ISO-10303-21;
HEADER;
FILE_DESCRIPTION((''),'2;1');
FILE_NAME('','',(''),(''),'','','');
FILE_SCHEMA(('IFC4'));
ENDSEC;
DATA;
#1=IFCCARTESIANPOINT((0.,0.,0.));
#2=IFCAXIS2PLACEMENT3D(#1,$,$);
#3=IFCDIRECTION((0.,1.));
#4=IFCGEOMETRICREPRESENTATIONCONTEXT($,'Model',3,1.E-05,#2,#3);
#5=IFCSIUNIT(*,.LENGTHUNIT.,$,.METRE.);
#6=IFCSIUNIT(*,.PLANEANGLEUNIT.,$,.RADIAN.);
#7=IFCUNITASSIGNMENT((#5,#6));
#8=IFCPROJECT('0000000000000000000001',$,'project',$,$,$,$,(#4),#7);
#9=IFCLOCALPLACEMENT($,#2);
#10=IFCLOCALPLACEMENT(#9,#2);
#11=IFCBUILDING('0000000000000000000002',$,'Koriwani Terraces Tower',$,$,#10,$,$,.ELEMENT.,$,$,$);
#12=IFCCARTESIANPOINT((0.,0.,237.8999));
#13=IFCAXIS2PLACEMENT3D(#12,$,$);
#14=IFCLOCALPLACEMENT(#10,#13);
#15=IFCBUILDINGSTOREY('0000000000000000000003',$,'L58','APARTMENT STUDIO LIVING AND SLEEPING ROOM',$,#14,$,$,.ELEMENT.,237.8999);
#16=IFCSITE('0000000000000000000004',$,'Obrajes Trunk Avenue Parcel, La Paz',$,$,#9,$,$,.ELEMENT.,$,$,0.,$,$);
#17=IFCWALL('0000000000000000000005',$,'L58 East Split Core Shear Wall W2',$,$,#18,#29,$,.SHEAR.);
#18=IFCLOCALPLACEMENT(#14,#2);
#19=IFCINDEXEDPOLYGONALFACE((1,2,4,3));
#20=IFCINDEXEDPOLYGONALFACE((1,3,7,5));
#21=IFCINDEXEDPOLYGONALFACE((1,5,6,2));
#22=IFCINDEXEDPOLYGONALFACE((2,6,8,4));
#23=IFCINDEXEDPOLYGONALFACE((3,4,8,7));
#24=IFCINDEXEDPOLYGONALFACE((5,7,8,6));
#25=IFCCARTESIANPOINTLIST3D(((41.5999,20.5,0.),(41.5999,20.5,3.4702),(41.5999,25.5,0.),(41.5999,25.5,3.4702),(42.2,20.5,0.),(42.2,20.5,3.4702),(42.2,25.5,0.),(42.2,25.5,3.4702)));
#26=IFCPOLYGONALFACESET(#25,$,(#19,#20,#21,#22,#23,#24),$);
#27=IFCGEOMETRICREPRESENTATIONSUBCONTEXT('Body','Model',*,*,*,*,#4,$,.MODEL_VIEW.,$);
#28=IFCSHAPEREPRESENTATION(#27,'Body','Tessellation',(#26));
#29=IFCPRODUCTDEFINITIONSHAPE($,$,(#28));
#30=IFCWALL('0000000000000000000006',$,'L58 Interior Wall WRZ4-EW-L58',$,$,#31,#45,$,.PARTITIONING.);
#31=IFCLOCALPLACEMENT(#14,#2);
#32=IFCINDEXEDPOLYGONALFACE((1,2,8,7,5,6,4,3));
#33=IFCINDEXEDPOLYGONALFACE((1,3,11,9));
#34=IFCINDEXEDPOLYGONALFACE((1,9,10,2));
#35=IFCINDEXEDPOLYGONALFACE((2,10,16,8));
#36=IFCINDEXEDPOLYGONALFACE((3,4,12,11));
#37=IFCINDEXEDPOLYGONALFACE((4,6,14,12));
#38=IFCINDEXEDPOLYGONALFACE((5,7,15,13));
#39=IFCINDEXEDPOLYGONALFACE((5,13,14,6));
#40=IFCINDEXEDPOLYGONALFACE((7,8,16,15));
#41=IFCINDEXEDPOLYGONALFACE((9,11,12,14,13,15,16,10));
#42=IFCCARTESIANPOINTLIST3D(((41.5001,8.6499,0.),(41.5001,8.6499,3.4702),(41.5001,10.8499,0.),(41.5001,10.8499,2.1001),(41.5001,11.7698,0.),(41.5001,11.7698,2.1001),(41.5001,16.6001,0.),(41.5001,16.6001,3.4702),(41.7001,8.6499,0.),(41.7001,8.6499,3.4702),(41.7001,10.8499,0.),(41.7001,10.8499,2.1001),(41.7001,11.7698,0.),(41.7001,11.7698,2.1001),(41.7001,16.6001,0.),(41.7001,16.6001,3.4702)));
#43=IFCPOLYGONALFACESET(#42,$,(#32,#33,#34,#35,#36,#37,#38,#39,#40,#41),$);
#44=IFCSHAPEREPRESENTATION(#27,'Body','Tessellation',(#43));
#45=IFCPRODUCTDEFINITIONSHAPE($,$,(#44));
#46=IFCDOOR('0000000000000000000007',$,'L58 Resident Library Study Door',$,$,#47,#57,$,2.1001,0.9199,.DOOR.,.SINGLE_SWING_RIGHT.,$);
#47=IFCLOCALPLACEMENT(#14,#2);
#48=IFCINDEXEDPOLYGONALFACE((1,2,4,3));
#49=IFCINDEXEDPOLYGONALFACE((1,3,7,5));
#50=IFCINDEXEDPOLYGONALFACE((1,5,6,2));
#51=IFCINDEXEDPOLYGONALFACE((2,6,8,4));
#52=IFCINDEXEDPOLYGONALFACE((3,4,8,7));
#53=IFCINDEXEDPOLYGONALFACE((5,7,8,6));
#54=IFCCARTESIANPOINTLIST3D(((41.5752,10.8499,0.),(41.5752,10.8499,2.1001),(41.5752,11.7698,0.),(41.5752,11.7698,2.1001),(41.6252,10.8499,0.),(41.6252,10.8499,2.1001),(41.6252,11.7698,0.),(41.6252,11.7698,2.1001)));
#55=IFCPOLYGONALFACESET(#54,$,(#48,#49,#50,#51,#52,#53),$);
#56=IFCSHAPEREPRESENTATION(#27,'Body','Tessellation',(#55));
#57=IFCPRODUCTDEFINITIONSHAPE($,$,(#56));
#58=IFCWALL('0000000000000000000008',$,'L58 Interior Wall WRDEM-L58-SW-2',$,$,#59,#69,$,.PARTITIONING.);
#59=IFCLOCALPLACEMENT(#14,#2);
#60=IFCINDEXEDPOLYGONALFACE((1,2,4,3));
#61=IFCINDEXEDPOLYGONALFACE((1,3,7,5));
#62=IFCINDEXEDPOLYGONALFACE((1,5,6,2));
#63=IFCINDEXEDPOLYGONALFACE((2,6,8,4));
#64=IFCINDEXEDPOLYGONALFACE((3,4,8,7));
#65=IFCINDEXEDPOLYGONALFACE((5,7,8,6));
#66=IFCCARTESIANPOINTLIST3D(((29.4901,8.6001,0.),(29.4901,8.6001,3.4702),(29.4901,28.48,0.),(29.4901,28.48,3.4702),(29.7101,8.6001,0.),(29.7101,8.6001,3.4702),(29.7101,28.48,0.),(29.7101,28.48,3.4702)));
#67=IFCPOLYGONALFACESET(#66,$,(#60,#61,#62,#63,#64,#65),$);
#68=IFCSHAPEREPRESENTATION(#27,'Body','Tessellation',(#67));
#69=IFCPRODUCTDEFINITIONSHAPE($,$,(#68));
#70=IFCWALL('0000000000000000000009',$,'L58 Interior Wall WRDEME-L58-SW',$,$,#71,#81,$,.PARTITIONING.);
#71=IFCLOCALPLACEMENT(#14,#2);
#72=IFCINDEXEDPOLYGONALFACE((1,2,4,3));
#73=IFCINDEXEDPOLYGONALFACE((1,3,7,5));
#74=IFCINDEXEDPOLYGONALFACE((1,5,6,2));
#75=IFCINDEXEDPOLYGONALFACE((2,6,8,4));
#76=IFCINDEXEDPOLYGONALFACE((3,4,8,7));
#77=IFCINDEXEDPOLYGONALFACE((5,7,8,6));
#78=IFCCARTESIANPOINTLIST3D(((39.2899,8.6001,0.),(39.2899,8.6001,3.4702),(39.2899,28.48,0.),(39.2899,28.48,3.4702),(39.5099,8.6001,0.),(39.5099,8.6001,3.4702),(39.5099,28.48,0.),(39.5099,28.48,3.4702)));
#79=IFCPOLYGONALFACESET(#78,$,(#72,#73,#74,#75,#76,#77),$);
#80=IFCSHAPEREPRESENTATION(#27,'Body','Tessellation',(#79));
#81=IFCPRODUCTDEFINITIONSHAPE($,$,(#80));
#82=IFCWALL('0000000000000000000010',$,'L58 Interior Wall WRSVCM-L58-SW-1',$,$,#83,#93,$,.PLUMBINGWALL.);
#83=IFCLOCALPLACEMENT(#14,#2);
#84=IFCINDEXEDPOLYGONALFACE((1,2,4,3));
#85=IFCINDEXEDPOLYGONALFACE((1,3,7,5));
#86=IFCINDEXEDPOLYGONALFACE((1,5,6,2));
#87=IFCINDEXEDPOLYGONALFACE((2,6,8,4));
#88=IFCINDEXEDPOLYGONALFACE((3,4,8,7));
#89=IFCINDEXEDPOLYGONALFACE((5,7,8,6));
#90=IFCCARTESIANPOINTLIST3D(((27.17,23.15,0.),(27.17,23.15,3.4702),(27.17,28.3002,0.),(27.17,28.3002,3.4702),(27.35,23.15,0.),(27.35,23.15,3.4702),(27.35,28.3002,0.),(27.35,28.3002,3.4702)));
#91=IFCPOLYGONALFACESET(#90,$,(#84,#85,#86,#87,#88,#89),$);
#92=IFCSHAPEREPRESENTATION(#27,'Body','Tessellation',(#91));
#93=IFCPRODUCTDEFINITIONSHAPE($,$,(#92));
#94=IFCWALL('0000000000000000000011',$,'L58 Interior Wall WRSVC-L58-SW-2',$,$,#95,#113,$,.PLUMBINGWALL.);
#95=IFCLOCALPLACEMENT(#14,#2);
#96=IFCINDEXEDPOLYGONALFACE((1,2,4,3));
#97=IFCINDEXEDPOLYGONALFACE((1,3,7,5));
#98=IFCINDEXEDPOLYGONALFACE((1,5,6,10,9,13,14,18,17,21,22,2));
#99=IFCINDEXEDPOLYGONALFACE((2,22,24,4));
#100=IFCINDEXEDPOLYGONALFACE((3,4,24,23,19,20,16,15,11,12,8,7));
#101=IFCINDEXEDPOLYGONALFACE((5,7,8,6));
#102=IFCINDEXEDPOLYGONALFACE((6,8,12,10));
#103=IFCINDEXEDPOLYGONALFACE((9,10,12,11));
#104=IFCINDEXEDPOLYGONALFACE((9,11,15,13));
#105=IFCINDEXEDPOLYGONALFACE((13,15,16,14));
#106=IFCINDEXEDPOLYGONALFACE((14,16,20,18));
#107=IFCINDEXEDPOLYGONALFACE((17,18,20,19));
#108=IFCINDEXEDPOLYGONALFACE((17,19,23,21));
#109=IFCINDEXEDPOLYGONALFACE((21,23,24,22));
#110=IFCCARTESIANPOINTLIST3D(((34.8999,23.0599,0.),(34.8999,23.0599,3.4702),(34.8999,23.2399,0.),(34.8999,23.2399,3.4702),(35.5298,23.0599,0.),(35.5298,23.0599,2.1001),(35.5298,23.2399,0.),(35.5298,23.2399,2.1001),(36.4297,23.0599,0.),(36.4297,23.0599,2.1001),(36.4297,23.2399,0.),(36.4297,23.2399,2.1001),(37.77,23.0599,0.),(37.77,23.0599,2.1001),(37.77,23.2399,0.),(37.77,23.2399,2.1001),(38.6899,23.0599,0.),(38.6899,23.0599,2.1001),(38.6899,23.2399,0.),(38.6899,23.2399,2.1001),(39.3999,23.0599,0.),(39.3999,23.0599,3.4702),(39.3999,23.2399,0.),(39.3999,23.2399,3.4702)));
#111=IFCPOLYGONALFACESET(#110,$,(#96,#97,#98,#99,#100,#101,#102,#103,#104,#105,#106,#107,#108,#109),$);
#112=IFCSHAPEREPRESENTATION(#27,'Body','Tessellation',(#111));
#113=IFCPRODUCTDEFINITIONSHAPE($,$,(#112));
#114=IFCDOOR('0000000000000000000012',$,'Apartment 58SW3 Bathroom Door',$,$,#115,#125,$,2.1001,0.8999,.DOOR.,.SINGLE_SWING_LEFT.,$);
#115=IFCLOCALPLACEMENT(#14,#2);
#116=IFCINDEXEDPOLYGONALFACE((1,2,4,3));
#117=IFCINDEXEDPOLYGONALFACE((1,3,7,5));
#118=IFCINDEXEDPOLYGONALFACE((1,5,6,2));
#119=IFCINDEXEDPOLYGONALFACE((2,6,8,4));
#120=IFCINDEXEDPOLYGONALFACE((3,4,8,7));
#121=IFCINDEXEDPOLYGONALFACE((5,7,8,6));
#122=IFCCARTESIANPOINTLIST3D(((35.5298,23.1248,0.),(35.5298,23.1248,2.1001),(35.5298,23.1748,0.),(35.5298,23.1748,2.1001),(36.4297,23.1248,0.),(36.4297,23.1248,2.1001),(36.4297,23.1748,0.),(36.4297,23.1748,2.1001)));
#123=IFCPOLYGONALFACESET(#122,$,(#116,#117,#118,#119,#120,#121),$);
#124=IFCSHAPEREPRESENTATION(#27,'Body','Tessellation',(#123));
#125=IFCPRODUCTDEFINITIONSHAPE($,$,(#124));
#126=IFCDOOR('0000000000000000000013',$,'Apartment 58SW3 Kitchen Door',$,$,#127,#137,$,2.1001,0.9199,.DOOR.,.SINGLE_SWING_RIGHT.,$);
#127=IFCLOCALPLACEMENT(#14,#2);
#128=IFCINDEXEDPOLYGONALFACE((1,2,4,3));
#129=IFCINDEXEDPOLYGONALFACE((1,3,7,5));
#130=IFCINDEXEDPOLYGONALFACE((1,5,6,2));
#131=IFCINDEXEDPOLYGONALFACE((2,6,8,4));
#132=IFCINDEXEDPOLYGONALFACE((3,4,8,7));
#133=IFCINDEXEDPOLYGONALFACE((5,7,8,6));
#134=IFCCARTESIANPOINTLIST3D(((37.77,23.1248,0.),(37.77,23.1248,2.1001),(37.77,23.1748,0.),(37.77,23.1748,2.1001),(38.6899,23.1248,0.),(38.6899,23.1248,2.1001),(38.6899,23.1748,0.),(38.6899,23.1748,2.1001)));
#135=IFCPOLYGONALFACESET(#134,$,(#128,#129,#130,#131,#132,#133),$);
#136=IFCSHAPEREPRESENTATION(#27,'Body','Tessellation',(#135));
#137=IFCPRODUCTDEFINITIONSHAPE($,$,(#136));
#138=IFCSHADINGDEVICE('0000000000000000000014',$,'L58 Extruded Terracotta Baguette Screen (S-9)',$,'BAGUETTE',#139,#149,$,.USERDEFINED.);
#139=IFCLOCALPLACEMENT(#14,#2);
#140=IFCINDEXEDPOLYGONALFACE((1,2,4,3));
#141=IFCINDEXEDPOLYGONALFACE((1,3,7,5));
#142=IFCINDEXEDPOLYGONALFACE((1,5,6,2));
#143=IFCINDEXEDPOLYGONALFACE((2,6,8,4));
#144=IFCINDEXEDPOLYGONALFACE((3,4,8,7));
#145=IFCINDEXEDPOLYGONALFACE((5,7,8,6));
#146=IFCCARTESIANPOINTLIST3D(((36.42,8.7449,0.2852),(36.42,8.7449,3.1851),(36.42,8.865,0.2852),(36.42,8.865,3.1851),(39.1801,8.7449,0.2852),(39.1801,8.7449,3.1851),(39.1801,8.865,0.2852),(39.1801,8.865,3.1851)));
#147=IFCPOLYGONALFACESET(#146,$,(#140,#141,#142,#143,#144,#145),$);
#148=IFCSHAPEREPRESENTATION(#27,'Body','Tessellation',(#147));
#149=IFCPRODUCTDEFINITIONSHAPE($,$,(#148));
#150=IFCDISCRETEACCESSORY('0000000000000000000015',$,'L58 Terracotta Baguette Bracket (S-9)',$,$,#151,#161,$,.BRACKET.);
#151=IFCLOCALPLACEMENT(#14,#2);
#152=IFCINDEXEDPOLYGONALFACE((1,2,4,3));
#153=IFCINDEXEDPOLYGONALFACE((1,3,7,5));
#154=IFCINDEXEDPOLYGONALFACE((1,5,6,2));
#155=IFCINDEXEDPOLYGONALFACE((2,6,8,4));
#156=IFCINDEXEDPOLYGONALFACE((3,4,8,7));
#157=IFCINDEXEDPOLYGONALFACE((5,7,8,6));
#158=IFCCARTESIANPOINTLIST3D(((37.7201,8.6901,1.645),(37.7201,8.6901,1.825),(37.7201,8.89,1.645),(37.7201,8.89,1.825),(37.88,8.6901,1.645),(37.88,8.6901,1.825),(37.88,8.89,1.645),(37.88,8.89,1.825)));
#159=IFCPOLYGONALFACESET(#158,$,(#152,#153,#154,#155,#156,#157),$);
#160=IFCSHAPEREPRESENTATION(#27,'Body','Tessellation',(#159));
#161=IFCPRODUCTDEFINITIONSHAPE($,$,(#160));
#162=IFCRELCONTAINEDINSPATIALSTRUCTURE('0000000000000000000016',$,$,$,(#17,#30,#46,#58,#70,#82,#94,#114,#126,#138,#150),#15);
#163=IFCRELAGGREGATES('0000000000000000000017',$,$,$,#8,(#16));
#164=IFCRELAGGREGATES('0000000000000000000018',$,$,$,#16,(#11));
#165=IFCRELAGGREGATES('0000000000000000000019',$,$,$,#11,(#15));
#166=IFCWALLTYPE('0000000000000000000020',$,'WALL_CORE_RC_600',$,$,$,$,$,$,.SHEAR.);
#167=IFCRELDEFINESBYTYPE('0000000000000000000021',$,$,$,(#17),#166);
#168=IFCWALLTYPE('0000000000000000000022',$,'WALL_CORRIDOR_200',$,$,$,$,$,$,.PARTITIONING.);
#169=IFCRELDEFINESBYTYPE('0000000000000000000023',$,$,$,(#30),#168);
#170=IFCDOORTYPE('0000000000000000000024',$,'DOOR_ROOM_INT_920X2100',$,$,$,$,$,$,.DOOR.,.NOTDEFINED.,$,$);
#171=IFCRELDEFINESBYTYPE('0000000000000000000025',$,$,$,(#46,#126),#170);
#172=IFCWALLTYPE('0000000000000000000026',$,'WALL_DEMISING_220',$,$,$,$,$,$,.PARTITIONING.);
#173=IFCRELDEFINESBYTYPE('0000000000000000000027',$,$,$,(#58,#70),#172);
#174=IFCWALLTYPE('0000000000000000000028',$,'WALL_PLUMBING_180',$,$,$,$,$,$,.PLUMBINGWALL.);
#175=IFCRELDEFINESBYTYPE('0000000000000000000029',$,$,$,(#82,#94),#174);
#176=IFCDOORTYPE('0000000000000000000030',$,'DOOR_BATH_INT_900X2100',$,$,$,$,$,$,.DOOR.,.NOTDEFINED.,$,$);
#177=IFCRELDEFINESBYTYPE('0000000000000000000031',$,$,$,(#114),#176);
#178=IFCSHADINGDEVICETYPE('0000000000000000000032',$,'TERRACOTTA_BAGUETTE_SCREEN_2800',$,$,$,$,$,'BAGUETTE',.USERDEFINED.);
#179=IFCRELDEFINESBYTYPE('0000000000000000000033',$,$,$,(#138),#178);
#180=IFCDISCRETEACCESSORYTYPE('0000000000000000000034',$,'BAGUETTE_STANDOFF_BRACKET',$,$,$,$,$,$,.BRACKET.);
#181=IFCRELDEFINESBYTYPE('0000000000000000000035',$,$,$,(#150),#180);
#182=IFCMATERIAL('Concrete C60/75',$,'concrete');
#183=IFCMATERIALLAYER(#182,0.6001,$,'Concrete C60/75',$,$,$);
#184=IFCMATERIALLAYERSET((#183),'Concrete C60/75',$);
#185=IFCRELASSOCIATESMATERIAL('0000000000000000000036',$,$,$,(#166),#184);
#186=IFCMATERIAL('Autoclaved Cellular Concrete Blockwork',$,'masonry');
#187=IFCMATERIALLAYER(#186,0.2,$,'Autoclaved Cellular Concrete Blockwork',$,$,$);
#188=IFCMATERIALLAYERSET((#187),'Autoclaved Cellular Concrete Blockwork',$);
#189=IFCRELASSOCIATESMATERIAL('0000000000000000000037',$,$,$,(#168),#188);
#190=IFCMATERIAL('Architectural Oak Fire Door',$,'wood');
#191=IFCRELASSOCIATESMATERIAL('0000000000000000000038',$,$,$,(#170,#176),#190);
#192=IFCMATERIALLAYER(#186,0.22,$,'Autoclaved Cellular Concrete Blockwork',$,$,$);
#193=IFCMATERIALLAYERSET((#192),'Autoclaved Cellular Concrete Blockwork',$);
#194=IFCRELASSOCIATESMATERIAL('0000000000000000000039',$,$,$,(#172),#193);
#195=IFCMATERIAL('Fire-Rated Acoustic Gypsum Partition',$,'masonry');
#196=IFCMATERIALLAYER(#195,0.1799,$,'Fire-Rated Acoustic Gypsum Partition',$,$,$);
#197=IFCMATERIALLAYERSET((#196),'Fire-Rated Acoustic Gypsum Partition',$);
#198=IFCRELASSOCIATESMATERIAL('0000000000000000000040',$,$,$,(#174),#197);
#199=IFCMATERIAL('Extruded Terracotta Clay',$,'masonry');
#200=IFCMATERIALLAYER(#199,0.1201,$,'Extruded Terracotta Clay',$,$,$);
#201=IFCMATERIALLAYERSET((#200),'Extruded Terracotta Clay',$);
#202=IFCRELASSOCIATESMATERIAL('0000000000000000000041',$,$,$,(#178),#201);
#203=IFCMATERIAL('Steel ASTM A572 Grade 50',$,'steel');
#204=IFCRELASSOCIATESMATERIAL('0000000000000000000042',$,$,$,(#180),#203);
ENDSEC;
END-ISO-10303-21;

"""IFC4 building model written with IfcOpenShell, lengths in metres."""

from ifc_helpers import new_model, si_unit, direction, frame, frame_2d, origin, origin_2d, place, context, subcontext, project, spatial, rectangle, extrude, material, layer, layer_set, type_object, element, fill, save


model = new_model("IFC4")

# Units and contexts
model_context = context("Model", 3, precision=1e-05, world=origin(), true_north=direction((0.0, 1.0)))
body_context = subcontext(model_context, "Body", "Model", "MODEL_VIEW")
ifc_project = project(units=[si_unit("LENGTHUNIT", "METRE"), si_unit("PLANEANGLEUNIT", "RADIAN")], contexts=[model_context])

# Site, building, storey
site_placement = place(None, origin())
site = spatial("IfcSite", under=ifc_project, at=site_placement, Name="Obrajes Trunk Avenue Parcel, La Paz", CompositionType="ELEMENT", RefElevation=0.0)
building_placement = place(site_placement, origin())
building = spatial("IfcBuilding", under=site, at=building_placement, Name="Koriwani Terraces Tower", CompositionType="ELEMENT")
storey_placement = place(building_placement, frame((0.0, 0.0, 237.8999)))
storey = spatial("IfcBuildingStorey", under=building, at=storey_placement, Name="L58", Description="APARTMENT STUDIO LIVING AND SLEEPING ROOM", CompositionType="ELEMENT", Elevation=237.8999)

# Shared definitions
ifc_material_1 = material(Name="Concrete C60/75", Category="concrete")
ifc_material_2 = material(Name="Steel ASTM A572 Grade 50", Category="steel")

# Wall
ifc_layer_1 = layer(ifc_material_1, 0.6001, Name="Concrete C60/75")
ifc_layer_set_1 = layer_set([ifc_layer_1], Name="Concrete C60/75")
wall_type_1 = type_object("IfcWallType", Name="WALL_CORE_RC_600", PredefinedType="SHEAR", material=ifc_layer_set_1)
wall_1_placement = place(storey_placement, frame((41.8999, 20.5, 0.0), z_axis=(0.0, 0.0, 1.0), x_axis=(0.0, 1.0, 0.0)))
element("IfcWall", 1, at=wall_1_placement, inside=storey, type_object=wall_type_1, Name="L58 East Split Core Shear Wall W2", PredefinedType="SHEAR", context=body_context, shape_type="SweptSolid", body=[
    extrude(rectangle(XDim=5.0, YDim=0.6001, at=frame_2d((2.5, 0.0))), origin(), (0.0, 0.0, 1.0), 3.4702),
])

# Wall, opening, door
ifc_material_3 = material(Name="Autoclaved Cellular Concrete Blockwork", Category="masonry")
ifc_layer_2 = layer(ifc_material_3, 0.2, Name="Autoclaved Cellular Concrete Blockwork")
ifc_layer_set_2 = layer_set([ifc_layer_2], Name="Autoclaved Cellular Concrete Blockwork")
wall_type_2 = type_object("IfcWallType", Name="WALL_CORRIDOR_200", PredefinedType="PARTITIONING", material=ifc_layer_set_2)
wall_2_placement = place(storey_placement, frame((41.6001, 8.6499, 0.0), z_axis=(0.0, 0.0, 1.0), x_axis=(0.0, 1.0, 0.0)))
wall_2 = element("IfcWall", 2, at=wall_2_placement, inside=storey, type_object=wall_type_2, Name="L58 Interior Wall WRZ4-EW-L58", PredefinedType="PARTITIONING", context=body_context, shape_type="SweptSolid", body=[
    extrude(rectangle(XDim=7.9502, YDim=0.2, at=frame_2d((3.9751, 0.0))), origin(), (0.0, 0.0, 1.0), 3.4702),
])
opening_1_placement = place(wall_2_placement, frame((2.2, 0.0, 0.0)))
opening_1 = element("IfcOpeningElement", 3, at=opening_1_placement, cuts=wall_2, PredefinedType="OPENING", context=body_context, shape_type="SweptSolid", body=[
    extrude(rectangle(XDim=0.9199, YDim=2.1001, at=frame_2d((0.46, 1.05))), frame((0.0, 0.1099, 0.0), z_axis=(0.0, -1.0, 0.0), x_axis=(1.0, 0.0, 0.0)), (0.0, 0.0, 1.0), 0.22),
])
ifc_material_4 = material(Name="Architectural Oak Fire Door", Category="wood")
door_type_1 = type_object("IfcDoorType", Name="DOOR_ROOM_INT_920X2100", OperationType="NOTDEFINED", PredefinedType="DOOR", material=ifc_material_4)
door_1_placement = place(opening_1_placement, origin())
door_1 = element("IfcDoor", 4, at=door_1_placement, inside=storey, type_object=door_type_1, Name="L58 Resident Library Study Door", OperationType="SINGLE_SWING_RIGHT", OverallHeight=2.1001, OverallWidth=0.9199, PredefinedType="DOOR", context=body_context, shape_type="SweptSolid", body=[
    extrude(rectangle(XDim=0.9199, YDim=2.1001, at=frame_2d((0.46, 1.05))), frame((0.0, 0.0249, 0.0), z_axis=(0.0, -1.0, 0.0), x_axis=(1.0, 0.0, 0.0)), (0.0, 0.0, 1.0), 0.05),
])
fill(opening_1, door_1)

# Walls
ifc_layer_3 = layer(ifc_material_3, 0.22, Name="Autoclaved Cellular Concrete Blockwork")
ifc_layer_set_3 = layer_set([ifc_layer_3], Name="Autoclaved Cellular Concrete Blockwork")
wall_type_3 = type_object("IfcWallType", Name="WALL_DEMISING_220", PredefinedType="PARTITIONING", material=ifc_layer_set_3)
for number, where, z_axis, x_axis, name in (
    (5, (29.6001, 8.6001, 0.0), (0.0, 0.0, 1.0), (0.0, 1.0, 0.0), "L58 Interior Wall WRDEM-L58-SW-2"),
    (6, (39.3999, 8.6001, 0.0), (0.0, 0.0, 1.0), (0.0, 1.0, 0.0), "L58 Interior Wall WRDEME-L58-SW"),
):
    element("IfcWall", number, at=place(storey_placement, frame(where, z_axis=z_axis, x_axis=x_axis)), inside=storey, type_object=wall_type_3, Name=name, PredefinedType="PARTITIONING", context=body_context, shape_type="SweptSolid", body=[
        extrude(rectangle(XDim=19.8799, YDim=0.22, at=frame_2d((9.9399, 0.0))), origin(), (0.0, 0.0, 1.0), 3.4702),
    ])
ifc_material_5 = material(Name="Fire-Rated Acoustic Gypsum Partition", Category="masonry")
ifc_layer_4 = layer(ifc_material_5, 0.1799, Name="Fire-Rated Acoustic Gypsum Partition")
ifc_layer_set_4 = layer_set([ifc_layer_4], Name="Fire-Rated Acoustic Gypsum Partition")
wall_type_4 = type_object("IfcWallType", Name="WALL_PLUMBING_180", PredefinedType="PLUMBINGWALL", material=ifc_layer_set_4)
wall_3_placement = place(storey_placement, frame((27.26, 23.1499, 0.0), z_axis=(0.0, 0.0, 1.0), x_axis=(0.0, 1.0, 0.0)))
element("IfcWall", 7, at=wall_3_placement, inside=storey, type_object=wall_type_4, Name="L58 Interior Wall WRSVCM-L58-SW-1", PredefinedType="PLUMBINGWALL", context=body_context, shape_type="SweptSolid", body=[
    extrude(rectangle(XDim=5.1501, YDim=0.1799, at=frame_2d((2.5752, 0.0))), origin(), (0.0, 0.0, 1.0), 3.4702),
])

# Wall, openings, doors
wall_4_placement = place(storey_placement, frame((34.8999, 23.1499, 0.0), z_axis=(0.0, 0.0, 1.0), x_axis=(1.0, 0.0, 0.0)))
wall_4 = element("IfcWall", 8, at=wall_4_placement, inside=storey, type_object=wall_type_4, Name="L58 Interior Wall WRSVC-L58-SW-2", PredefinedType="PLUMBINGWALL", context=body_context, shape_type="SweptSolid", body=[
    extrude(rectangle(XDim=4.5, YDim=0.1799, at=frame_2d((2.25, 0.0))), origin(), (0.0, 0.0, 1.0), 3.4702),
])
opening_2_placement = place(wall_4_placement, frame((0.6299, 0.0, 0.0)))
opening_2 = element("IfcOpeningElement", 9, at=opening_2_placement, cuts=wall_4, PredefinedType="OPENING", context=body_context, shape_type="SweptSolid", body=[
    extrude(rectangle(XDim=0.8999, YDim=2.1001, at=frame_2d((0.45, 1.05))), frame((0.0, 0.1001, 0.0), z_axis=(0.0, -1.0, 0.0), x_axis=(1.0, 0.0, 0.0)), (0.0, 0.0, 1.0), 0.2),
])
opening_3_placement = place(wall_4_placement, frame((2.8701, 0.0, 0.0)))
opening_3 = element("IfcOpeningElement", 10, at=opening_3_placement, cuts=wall_4, PredefinedType="OPENING", context=body_context, shape_type="SweptSolid", body=[
    extrude(rectangle(XDim=0.9199, YDim=2.1001, at=frame_2d((0.46, 1.05))), frame((0.0, 0.1001, 0.0), z_axis=(0.0, -1.0, 0.0), x_axis=(1.0, 0.0, 0.0)), (0.0, 0.0, 1.0), 0.2),
])
door_type_2 = type_object("IfcDoorType", Name="DOOR_BATH_INT_900X2100", OperationType="NOTDEFINED", PredefinedType="DOOR", material=ifc_material_4)
door_2_placement = place(opening_2_placement, origin())
door_2 = element("IfcDoor", 11, at=door_2_placement, inside=storey, type_object=door_type_2, Name="Apartment 58SW3 Bathroom Door", OperationType="SINGLE_SWING_LEFT", OverallHeight=2.1001, OverallWidth=0.8999, PredefinedType="DOOR", context=body_context, shape_type="SweptSolid", body=[
    extrude(rectangle(XDim=0.8999, YDim=2.1001, at=frame_2d((0.45, 1.05))), frame((0.0, 0.0249, 0.0), z_axis=(0.0, -1.0, 0.0), x_axis=(1.0, 0.0, 0.0)), (0.0, 0.0, 1.0), 0.05),
])
fill(opening_2, door_2)
door_3_placement = place(opening_3_placement, origin())
door_3 = element("IfcDoor", 12, at=door_3_placement, inside=storey, type_object=door_type_1, Name="Apartment 58SW3 Kitchen Door", OperationType="SINGLE_SWING_RIGHT", OverallHeight=2.1001, OverallWidth=0.9199, PredefinedType="DOOR", context=body_context, shape_type="SweptSolid", body=[
    extrude(rectangle(XDim=0.9199, YDim=2.1001, at=frame_2d((0.46, 1.05))), frame((0.0, 0.0249, 0.0), z_axis=(0.0, -1.0, 0.0), x_axis=(1.0, 0.0, 0.0)), (0.0, 0.0, 1.0), 0.05),
])
fill(opening_3, door_3)

# Shading device
ifc_material_6 = material(Name="Extruded Terracotta Clay", Category="masonry")
ifc_layer_5 = layer(ifc_material_6, 0.1201, Name="Extruded Terracotta Clay")
ifc_layer_set_5 = layer_set([ifc_layer_5], Name="Extruded Terracotta Clay")
shading_device_type = type_object("IfcShadingDeviceType", Name="TERRACOTTA_BAGUETTE_SCREEN_2800", ElementType="BAGUETTE", PredefinedType="USERDEFINED", material=ifc_layer_set_5)
shading_device_placement = place(storey_placement, frame((37.8, 8.8049, 0.2852), z_axis=(0.0, 0.0, 1.0), x_axis=(-1.0, 0.0, 0.0)))
element("IfcShadingDevice", 13, at=shading_device_placement, inside=storey, type_object=shading_device_type, Name="L58 Extruded Terracotta Baguette Screen (S-9)", ObjectType="BAGUETTE", PredefinedType="USERDEFINED", context=body_context, shape_type="SweptSolid", body=[
    extrude(rectangle(XDim=2.76, YDim=0.1201, at=origin_2d()), origin(), (0.0, 0.0, 1.0), 2.8999),
])

# Discrete accessory
discrete_accessory_type = type_object("IfcDiscreteAccessoryType", Name="BAGUETTE_STANDOFF_BRACKET", PredefinedType="BRACKET", material=ifc_material_2)
discrete_accessory_placement = place(storey_placement, frame((37.8, 8.79, 1.645), z_axis=(0.0, 0.0, 1.0), x_axis=(-1.0, 0.0, 0.0)))
element("IfcDiscreteAccessory", 14, at=discrete_accessory_placement, inside=storey, type_object=discrete_accessory_type, Name="L58 Terracotta Baguette Bracket (S-9)", PredefinedType="BRACKET", context=body_context, shape_type="SweptSolid", body=[
    extrude(rectangle(XDim=0.1599, YDim=0.2, at=origin_2d()), origin(), (0.0, 0.0, 1.0), 0.1799),
])

save(model, "model.ifc")
